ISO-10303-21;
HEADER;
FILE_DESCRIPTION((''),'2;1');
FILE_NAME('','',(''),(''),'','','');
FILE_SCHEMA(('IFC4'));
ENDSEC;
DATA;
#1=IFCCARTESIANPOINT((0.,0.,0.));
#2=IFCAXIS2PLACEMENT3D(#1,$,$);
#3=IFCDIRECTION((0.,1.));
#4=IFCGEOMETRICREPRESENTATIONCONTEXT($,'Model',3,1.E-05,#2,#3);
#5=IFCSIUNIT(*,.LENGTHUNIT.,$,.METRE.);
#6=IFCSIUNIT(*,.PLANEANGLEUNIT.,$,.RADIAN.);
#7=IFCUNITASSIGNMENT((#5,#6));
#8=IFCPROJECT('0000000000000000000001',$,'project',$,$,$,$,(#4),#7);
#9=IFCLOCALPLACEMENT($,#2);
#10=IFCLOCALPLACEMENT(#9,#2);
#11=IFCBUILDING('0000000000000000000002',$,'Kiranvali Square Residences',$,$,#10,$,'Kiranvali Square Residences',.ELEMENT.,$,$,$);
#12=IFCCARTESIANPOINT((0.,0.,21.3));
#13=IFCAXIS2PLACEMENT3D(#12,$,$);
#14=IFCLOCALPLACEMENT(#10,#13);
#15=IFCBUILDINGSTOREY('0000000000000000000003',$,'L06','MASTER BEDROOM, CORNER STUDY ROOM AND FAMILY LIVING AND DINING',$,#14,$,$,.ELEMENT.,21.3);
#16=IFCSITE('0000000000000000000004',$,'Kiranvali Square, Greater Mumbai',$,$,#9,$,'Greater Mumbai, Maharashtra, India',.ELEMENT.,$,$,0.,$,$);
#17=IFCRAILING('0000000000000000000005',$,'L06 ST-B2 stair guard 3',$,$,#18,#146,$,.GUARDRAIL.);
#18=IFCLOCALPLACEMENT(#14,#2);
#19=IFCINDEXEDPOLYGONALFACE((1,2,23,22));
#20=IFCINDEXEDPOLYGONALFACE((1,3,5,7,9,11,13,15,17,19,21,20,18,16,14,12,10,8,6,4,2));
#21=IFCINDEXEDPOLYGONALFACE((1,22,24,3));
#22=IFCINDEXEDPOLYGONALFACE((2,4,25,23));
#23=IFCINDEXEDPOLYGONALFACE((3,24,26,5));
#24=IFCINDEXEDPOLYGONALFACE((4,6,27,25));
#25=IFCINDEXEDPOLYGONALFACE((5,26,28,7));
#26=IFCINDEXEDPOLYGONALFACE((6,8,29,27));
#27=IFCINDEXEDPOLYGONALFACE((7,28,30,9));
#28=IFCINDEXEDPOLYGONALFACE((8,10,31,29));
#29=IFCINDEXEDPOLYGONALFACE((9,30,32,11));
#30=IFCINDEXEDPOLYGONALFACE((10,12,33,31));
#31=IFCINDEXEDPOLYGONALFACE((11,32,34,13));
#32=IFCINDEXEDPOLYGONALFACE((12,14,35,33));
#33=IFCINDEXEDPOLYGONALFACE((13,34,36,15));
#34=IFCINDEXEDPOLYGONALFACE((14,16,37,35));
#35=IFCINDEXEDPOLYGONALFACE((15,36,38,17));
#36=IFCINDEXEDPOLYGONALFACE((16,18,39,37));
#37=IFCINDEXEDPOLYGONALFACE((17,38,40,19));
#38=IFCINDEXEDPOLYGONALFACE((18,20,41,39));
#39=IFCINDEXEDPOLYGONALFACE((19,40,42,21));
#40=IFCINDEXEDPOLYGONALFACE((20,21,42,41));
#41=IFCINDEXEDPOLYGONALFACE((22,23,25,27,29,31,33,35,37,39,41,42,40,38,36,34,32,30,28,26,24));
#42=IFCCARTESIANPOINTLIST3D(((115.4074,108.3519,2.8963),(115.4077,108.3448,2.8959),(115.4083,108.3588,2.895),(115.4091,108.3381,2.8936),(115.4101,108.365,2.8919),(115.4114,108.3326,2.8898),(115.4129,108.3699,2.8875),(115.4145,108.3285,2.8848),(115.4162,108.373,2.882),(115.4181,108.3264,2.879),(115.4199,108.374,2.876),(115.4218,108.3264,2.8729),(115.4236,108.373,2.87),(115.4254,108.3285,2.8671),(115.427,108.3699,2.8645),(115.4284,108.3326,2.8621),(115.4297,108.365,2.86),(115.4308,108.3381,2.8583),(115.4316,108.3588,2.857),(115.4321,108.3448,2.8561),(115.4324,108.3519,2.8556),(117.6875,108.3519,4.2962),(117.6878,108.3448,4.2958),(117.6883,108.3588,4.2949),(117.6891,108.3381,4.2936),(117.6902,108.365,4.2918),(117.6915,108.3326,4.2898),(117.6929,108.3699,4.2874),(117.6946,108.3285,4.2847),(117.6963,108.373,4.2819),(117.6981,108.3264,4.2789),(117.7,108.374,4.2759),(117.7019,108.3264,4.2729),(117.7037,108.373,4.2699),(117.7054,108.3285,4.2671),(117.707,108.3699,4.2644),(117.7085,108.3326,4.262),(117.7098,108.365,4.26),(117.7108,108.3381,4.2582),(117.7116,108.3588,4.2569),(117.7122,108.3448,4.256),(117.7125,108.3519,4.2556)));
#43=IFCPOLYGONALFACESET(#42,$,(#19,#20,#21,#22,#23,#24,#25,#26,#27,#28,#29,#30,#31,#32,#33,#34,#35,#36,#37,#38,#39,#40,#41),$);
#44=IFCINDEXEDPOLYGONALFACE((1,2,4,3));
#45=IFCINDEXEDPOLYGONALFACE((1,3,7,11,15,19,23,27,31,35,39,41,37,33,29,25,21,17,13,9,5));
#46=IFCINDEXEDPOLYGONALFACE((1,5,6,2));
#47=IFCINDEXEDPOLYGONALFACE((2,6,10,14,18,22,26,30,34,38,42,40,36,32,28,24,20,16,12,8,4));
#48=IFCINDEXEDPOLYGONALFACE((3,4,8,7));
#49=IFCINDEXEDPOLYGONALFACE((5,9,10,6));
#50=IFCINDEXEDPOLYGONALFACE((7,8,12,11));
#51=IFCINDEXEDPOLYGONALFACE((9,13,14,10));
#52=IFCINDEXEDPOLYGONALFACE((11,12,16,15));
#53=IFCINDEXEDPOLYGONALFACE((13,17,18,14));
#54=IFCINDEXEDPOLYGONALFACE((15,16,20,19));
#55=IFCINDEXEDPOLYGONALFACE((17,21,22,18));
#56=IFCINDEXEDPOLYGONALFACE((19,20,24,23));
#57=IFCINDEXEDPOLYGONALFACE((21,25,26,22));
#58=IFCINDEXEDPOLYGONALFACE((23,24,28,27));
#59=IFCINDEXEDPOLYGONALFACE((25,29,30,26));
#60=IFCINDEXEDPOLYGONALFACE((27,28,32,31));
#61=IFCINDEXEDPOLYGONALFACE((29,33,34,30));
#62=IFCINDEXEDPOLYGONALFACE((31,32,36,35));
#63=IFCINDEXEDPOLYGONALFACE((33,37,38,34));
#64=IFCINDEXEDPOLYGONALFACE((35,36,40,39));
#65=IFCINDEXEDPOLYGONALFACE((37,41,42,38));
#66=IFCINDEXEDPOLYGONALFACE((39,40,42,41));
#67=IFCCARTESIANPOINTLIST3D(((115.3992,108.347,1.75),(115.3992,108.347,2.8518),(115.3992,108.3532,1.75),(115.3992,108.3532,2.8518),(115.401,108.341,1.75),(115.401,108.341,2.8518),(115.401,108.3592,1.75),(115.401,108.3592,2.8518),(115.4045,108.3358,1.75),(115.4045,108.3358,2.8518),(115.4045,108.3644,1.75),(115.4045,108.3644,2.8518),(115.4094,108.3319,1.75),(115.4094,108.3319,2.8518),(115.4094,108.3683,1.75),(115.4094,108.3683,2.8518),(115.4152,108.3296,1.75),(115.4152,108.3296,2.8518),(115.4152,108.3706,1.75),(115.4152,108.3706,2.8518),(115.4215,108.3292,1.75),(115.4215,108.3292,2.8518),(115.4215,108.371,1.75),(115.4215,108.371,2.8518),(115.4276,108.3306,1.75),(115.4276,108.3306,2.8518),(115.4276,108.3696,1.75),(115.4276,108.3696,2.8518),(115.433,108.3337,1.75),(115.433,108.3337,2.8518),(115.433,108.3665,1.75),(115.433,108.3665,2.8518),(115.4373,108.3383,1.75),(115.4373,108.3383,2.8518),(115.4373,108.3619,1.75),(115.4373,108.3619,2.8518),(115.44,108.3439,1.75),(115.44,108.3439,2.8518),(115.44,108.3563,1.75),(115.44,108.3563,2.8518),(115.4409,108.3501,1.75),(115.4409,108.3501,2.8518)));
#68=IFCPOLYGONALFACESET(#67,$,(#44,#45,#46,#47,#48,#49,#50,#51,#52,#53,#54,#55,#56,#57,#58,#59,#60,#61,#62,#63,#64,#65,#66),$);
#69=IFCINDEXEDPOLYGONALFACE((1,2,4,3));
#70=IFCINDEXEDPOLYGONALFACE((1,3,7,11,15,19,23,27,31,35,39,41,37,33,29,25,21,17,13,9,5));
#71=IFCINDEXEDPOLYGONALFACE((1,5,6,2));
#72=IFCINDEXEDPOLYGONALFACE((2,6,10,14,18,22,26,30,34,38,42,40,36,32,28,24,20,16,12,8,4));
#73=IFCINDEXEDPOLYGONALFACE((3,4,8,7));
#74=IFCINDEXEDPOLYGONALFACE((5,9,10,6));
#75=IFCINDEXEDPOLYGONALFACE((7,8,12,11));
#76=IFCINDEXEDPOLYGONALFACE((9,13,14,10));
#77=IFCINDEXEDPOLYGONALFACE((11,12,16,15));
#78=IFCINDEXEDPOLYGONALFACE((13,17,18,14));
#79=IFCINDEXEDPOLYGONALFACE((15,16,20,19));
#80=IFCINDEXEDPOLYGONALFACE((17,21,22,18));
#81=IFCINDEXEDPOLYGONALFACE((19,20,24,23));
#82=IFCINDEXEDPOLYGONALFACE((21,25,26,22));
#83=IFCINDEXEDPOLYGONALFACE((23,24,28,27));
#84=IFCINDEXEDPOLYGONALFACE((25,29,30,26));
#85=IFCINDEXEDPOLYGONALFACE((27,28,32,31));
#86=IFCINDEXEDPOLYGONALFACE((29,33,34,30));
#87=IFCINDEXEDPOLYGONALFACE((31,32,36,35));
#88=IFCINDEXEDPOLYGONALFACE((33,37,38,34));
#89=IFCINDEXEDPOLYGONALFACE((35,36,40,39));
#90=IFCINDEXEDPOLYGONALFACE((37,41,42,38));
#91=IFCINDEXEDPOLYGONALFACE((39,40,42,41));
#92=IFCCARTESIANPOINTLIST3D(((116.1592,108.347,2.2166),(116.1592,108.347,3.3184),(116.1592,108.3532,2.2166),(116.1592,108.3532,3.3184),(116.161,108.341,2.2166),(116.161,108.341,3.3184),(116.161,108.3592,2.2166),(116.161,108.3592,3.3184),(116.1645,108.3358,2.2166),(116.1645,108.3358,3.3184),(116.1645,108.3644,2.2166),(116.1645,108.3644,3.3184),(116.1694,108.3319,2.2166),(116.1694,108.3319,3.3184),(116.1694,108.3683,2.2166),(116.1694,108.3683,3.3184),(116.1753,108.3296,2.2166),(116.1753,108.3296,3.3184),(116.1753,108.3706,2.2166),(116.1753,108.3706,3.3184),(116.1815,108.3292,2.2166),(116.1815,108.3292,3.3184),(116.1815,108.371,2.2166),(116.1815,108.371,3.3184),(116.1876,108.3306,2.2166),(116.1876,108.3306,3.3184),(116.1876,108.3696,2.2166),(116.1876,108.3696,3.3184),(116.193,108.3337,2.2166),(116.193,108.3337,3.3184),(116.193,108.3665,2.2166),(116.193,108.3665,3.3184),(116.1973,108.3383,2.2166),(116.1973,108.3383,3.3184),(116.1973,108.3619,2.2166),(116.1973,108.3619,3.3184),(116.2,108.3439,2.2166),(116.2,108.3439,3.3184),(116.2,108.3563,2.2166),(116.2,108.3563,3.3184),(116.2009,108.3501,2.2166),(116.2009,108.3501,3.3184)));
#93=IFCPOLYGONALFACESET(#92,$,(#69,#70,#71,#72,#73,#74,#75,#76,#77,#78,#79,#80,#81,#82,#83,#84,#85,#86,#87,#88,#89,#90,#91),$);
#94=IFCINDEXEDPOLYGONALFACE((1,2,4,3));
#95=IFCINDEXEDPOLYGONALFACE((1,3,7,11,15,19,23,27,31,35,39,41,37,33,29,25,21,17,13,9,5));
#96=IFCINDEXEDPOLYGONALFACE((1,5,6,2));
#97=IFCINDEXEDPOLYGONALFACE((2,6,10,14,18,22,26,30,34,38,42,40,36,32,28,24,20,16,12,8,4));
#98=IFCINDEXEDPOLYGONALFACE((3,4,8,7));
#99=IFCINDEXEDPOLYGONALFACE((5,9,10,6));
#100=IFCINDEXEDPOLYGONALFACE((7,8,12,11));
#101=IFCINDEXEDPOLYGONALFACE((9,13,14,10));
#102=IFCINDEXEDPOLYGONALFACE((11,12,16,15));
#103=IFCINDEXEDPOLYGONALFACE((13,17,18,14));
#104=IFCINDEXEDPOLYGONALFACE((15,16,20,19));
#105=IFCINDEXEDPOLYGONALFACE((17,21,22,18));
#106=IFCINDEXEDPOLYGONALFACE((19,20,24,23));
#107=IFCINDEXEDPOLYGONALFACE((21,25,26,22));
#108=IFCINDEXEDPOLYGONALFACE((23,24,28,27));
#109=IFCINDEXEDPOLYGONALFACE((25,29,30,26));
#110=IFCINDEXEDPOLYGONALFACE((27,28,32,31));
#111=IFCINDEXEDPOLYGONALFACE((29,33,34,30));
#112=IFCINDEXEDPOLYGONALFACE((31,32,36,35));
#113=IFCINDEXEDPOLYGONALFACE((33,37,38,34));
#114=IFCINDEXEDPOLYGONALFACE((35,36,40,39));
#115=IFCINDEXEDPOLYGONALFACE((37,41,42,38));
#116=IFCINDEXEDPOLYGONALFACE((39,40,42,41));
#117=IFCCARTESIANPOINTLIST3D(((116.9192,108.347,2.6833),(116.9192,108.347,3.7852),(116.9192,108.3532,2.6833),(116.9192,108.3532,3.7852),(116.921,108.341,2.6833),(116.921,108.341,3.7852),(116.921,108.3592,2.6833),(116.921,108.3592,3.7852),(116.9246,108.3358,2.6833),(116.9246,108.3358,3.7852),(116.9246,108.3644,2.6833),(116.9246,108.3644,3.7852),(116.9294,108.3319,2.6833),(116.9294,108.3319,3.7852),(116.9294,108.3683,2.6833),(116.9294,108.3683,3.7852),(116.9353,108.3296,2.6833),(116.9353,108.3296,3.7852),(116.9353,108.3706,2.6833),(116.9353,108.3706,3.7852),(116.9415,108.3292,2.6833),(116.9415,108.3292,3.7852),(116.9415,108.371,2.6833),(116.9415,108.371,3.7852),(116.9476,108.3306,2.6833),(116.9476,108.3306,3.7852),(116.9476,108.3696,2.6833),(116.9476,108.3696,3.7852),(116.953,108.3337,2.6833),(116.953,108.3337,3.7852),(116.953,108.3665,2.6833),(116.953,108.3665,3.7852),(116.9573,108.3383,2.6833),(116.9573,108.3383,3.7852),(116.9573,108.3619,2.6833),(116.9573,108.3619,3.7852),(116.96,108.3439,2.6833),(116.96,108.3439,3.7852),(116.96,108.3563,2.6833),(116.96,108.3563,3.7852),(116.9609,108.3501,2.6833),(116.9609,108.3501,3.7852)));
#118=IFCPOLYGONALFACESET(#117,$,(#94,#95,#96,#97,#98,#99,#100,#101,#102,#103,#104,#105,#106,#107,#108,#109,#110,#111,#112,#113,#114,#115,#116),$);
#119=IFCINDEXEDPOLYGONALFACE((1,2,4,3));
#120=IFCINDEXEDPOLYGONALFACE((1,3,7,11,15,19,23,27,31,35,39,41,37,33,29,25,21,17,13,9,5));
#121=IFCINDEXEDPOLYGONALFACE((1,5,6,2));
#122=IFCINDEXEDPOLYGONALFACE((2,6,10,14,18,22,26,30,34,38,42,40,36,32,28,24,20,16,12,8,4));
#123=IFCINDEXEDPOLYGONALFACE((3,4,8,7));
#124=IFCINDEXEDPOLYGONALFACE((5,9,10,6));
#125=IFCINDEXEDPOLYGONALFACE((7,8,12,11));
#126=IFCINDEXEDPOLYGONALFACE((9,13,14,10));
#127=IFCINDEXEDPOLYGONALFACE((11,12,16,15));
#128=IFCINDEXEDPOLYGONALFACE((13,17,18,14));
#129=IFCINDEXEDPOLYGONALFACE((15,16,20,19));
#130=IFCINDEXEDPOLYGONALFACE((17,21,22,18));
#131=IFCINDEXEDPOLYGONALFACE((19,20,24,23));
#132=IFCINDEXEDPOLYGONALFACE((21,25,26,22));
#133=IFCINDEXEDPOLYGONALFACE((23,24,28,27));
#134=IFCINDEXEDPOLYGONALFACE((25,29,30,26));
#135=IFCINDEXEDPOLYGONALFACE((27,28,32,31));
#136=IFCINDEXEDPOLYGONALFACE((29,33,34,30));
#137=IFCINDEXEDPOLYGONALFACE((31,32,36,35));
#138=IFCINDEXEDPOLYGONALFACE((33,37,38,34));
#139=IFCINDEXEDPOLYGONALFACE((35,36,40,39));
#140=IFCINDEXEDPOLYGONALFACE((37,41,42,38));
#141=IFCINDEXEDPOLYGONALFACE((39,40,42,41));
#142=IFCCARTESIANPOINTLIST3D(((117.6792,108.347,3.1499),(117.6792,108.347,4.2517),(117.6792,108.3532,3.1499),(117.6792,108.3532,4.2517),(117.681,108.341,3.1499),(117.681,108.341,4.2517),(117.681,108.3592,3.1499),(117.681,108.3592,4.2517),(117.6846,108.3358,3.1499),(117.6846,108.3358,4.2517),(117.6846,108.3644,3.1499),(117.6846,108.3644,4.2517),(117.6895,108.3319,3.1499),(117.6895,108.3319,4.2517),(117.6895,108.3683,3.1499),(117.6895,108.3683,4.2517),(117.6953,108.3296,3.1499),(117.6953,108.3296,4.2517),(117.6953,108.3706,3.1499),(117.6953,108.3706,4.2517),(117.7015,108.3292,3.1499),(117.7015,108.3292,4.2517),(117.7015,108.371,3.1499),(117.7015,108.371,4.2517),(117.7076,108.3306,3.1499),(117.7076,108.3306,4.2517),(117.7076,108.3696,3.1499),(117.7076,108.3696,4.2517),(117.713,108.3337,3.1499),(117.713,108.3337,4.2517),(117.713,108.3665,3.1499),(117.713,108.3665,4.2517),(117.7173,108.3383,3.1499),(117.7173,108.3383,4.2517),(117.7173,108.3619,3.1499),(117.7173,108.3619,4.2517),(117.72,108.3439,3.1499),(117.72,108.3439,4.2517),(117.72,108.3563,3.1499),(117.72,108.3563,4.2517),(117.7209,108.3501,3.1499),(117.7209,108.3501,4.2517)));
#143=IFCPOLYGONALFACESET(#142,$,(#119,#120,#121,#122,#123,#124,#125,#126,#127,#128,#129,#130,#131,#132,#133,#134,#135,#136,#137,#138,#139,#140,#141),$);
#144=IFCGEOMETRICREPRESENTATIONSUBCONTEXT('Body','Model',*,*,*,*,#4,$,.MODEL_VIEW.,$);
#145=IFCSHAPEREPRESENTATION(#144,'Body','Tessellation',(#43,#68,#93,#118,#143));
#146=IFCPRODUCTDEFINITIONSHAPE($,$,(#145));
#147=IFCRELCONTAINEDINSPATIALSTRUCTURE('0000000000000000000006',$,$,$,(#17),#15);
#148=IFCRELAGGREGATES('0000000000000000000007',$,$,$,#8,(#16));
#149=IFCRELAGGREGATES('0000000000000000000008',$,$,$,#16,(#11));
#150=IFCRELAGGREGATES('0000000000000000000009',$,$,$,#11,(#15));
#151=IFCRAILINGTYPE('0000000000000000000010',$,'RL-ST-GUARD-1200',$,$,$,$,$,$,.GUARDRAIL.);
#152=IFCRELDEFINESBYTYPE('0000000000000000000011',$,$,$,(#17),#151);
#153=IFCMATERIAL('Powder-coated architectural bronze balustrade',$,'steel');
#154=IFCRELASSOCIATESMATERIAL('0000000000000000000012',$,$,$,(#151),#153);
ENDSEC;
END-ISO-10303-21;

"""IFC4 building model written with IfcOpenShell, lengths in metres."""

from ifc_helpers import new_model, si_unit, direction, frame, origin, origin_2d, place, context, subcontext, project, spatial, circle, extrude, material, type_object, element, save


model = new_model("IFC4")

# Units and contexts
model_context = context("Model", 3, precision=1e-05, world=origin(), true_north=direction((0.0, 1.0)))
body_context = subcontext(model_context, "Body", "Model", "MODEL_VIEW")
ifc_project = project(units=[si_unit("LENGTHUNIT", "METRE"), si_unit("PLANEANGLEUNIT", "RADIAN")], contexts=[model_context])

# Site, building, storey
site_placement = place(None, origin())
site = spatial("IfcSite", under=ifc_project, at=site_placement, Name="Kiranvali Square, Greater Mumbai", LongName="Greater Mumbai, Maharashtra, India", CompositionType="ELEMENT", RefElevation=0.0)
building_placement = place(site_placement, origin())
building = spatial("IfcBuilding", under=site, at=building_placement, Name="Kiranvali Square Residences", LongName="Kiranvali Square Residences", CompositionType="ELEMENT")
storey_placement = place(building_placement, frame((0.0, 0.0, 21.3)))
storey = spatial("IfcBuildingStorey", under=building, at=storey_placement, Name="L06", Description="MASTER BEDROOM, CORNER STUDY ROOM AND FAMILY LIVING AND DINING", CompositionType="ELEMENT", Elevation=21.3)

# Railing
ifc_material_1 = material(Name="Powder-coated architectural bronze balustrade", Category="steel")
railing_type_1 = type_object("IfcRailingType", Name="RL-ST-GUARD-1200", PredefinedType="GUARDRAIL", material=ifc_material_1)
railing_1_placement = place(storey_placement, frame((115.4199, 108.3501, 1.75)))
element("IfcRailing", 1, at=railing_1_placement, inside=storey, type_object=railing_type_1, Name="L06 ST-B2 stair guard 3", PredefinedType="GUARDRAIL", context=body_context, shape_type="SweptSolid", body=[
    extrude(circle(Radius=0.0239, at=origin_2d()), frame((0.0, 0.0, 1.126), z_axis=(0.85219, 0.0, 0.523232), x_axis=(0.0, 1.0, 0.0)), (0.0, 0.0, 1.0), 2.6755),
    extrude(circle(Radius=0.021, at=origin_2d()), origin(), (0.0, 0.0, 1.0), 1.1018),
    extrude(circle(Radius=0.021, at=origin_2d()), frame((0.76, 0.0, 0.4666)), (0.0, 0.0, 1.0), 1.1018),
    extrude(circle(Radius=0.021, at=origin_2d()), frame((1.52, 0.0, 0.9333)), (0.0, 0.0, 1.0), 1.1018),
    extrude(circle(Radius=0.021, at=origin_2d()), frame((2.28, 0.0, 1.3999)), (0.0, 0.0, 1.0), 1.1018),
])

save(model, "model.ifc")
